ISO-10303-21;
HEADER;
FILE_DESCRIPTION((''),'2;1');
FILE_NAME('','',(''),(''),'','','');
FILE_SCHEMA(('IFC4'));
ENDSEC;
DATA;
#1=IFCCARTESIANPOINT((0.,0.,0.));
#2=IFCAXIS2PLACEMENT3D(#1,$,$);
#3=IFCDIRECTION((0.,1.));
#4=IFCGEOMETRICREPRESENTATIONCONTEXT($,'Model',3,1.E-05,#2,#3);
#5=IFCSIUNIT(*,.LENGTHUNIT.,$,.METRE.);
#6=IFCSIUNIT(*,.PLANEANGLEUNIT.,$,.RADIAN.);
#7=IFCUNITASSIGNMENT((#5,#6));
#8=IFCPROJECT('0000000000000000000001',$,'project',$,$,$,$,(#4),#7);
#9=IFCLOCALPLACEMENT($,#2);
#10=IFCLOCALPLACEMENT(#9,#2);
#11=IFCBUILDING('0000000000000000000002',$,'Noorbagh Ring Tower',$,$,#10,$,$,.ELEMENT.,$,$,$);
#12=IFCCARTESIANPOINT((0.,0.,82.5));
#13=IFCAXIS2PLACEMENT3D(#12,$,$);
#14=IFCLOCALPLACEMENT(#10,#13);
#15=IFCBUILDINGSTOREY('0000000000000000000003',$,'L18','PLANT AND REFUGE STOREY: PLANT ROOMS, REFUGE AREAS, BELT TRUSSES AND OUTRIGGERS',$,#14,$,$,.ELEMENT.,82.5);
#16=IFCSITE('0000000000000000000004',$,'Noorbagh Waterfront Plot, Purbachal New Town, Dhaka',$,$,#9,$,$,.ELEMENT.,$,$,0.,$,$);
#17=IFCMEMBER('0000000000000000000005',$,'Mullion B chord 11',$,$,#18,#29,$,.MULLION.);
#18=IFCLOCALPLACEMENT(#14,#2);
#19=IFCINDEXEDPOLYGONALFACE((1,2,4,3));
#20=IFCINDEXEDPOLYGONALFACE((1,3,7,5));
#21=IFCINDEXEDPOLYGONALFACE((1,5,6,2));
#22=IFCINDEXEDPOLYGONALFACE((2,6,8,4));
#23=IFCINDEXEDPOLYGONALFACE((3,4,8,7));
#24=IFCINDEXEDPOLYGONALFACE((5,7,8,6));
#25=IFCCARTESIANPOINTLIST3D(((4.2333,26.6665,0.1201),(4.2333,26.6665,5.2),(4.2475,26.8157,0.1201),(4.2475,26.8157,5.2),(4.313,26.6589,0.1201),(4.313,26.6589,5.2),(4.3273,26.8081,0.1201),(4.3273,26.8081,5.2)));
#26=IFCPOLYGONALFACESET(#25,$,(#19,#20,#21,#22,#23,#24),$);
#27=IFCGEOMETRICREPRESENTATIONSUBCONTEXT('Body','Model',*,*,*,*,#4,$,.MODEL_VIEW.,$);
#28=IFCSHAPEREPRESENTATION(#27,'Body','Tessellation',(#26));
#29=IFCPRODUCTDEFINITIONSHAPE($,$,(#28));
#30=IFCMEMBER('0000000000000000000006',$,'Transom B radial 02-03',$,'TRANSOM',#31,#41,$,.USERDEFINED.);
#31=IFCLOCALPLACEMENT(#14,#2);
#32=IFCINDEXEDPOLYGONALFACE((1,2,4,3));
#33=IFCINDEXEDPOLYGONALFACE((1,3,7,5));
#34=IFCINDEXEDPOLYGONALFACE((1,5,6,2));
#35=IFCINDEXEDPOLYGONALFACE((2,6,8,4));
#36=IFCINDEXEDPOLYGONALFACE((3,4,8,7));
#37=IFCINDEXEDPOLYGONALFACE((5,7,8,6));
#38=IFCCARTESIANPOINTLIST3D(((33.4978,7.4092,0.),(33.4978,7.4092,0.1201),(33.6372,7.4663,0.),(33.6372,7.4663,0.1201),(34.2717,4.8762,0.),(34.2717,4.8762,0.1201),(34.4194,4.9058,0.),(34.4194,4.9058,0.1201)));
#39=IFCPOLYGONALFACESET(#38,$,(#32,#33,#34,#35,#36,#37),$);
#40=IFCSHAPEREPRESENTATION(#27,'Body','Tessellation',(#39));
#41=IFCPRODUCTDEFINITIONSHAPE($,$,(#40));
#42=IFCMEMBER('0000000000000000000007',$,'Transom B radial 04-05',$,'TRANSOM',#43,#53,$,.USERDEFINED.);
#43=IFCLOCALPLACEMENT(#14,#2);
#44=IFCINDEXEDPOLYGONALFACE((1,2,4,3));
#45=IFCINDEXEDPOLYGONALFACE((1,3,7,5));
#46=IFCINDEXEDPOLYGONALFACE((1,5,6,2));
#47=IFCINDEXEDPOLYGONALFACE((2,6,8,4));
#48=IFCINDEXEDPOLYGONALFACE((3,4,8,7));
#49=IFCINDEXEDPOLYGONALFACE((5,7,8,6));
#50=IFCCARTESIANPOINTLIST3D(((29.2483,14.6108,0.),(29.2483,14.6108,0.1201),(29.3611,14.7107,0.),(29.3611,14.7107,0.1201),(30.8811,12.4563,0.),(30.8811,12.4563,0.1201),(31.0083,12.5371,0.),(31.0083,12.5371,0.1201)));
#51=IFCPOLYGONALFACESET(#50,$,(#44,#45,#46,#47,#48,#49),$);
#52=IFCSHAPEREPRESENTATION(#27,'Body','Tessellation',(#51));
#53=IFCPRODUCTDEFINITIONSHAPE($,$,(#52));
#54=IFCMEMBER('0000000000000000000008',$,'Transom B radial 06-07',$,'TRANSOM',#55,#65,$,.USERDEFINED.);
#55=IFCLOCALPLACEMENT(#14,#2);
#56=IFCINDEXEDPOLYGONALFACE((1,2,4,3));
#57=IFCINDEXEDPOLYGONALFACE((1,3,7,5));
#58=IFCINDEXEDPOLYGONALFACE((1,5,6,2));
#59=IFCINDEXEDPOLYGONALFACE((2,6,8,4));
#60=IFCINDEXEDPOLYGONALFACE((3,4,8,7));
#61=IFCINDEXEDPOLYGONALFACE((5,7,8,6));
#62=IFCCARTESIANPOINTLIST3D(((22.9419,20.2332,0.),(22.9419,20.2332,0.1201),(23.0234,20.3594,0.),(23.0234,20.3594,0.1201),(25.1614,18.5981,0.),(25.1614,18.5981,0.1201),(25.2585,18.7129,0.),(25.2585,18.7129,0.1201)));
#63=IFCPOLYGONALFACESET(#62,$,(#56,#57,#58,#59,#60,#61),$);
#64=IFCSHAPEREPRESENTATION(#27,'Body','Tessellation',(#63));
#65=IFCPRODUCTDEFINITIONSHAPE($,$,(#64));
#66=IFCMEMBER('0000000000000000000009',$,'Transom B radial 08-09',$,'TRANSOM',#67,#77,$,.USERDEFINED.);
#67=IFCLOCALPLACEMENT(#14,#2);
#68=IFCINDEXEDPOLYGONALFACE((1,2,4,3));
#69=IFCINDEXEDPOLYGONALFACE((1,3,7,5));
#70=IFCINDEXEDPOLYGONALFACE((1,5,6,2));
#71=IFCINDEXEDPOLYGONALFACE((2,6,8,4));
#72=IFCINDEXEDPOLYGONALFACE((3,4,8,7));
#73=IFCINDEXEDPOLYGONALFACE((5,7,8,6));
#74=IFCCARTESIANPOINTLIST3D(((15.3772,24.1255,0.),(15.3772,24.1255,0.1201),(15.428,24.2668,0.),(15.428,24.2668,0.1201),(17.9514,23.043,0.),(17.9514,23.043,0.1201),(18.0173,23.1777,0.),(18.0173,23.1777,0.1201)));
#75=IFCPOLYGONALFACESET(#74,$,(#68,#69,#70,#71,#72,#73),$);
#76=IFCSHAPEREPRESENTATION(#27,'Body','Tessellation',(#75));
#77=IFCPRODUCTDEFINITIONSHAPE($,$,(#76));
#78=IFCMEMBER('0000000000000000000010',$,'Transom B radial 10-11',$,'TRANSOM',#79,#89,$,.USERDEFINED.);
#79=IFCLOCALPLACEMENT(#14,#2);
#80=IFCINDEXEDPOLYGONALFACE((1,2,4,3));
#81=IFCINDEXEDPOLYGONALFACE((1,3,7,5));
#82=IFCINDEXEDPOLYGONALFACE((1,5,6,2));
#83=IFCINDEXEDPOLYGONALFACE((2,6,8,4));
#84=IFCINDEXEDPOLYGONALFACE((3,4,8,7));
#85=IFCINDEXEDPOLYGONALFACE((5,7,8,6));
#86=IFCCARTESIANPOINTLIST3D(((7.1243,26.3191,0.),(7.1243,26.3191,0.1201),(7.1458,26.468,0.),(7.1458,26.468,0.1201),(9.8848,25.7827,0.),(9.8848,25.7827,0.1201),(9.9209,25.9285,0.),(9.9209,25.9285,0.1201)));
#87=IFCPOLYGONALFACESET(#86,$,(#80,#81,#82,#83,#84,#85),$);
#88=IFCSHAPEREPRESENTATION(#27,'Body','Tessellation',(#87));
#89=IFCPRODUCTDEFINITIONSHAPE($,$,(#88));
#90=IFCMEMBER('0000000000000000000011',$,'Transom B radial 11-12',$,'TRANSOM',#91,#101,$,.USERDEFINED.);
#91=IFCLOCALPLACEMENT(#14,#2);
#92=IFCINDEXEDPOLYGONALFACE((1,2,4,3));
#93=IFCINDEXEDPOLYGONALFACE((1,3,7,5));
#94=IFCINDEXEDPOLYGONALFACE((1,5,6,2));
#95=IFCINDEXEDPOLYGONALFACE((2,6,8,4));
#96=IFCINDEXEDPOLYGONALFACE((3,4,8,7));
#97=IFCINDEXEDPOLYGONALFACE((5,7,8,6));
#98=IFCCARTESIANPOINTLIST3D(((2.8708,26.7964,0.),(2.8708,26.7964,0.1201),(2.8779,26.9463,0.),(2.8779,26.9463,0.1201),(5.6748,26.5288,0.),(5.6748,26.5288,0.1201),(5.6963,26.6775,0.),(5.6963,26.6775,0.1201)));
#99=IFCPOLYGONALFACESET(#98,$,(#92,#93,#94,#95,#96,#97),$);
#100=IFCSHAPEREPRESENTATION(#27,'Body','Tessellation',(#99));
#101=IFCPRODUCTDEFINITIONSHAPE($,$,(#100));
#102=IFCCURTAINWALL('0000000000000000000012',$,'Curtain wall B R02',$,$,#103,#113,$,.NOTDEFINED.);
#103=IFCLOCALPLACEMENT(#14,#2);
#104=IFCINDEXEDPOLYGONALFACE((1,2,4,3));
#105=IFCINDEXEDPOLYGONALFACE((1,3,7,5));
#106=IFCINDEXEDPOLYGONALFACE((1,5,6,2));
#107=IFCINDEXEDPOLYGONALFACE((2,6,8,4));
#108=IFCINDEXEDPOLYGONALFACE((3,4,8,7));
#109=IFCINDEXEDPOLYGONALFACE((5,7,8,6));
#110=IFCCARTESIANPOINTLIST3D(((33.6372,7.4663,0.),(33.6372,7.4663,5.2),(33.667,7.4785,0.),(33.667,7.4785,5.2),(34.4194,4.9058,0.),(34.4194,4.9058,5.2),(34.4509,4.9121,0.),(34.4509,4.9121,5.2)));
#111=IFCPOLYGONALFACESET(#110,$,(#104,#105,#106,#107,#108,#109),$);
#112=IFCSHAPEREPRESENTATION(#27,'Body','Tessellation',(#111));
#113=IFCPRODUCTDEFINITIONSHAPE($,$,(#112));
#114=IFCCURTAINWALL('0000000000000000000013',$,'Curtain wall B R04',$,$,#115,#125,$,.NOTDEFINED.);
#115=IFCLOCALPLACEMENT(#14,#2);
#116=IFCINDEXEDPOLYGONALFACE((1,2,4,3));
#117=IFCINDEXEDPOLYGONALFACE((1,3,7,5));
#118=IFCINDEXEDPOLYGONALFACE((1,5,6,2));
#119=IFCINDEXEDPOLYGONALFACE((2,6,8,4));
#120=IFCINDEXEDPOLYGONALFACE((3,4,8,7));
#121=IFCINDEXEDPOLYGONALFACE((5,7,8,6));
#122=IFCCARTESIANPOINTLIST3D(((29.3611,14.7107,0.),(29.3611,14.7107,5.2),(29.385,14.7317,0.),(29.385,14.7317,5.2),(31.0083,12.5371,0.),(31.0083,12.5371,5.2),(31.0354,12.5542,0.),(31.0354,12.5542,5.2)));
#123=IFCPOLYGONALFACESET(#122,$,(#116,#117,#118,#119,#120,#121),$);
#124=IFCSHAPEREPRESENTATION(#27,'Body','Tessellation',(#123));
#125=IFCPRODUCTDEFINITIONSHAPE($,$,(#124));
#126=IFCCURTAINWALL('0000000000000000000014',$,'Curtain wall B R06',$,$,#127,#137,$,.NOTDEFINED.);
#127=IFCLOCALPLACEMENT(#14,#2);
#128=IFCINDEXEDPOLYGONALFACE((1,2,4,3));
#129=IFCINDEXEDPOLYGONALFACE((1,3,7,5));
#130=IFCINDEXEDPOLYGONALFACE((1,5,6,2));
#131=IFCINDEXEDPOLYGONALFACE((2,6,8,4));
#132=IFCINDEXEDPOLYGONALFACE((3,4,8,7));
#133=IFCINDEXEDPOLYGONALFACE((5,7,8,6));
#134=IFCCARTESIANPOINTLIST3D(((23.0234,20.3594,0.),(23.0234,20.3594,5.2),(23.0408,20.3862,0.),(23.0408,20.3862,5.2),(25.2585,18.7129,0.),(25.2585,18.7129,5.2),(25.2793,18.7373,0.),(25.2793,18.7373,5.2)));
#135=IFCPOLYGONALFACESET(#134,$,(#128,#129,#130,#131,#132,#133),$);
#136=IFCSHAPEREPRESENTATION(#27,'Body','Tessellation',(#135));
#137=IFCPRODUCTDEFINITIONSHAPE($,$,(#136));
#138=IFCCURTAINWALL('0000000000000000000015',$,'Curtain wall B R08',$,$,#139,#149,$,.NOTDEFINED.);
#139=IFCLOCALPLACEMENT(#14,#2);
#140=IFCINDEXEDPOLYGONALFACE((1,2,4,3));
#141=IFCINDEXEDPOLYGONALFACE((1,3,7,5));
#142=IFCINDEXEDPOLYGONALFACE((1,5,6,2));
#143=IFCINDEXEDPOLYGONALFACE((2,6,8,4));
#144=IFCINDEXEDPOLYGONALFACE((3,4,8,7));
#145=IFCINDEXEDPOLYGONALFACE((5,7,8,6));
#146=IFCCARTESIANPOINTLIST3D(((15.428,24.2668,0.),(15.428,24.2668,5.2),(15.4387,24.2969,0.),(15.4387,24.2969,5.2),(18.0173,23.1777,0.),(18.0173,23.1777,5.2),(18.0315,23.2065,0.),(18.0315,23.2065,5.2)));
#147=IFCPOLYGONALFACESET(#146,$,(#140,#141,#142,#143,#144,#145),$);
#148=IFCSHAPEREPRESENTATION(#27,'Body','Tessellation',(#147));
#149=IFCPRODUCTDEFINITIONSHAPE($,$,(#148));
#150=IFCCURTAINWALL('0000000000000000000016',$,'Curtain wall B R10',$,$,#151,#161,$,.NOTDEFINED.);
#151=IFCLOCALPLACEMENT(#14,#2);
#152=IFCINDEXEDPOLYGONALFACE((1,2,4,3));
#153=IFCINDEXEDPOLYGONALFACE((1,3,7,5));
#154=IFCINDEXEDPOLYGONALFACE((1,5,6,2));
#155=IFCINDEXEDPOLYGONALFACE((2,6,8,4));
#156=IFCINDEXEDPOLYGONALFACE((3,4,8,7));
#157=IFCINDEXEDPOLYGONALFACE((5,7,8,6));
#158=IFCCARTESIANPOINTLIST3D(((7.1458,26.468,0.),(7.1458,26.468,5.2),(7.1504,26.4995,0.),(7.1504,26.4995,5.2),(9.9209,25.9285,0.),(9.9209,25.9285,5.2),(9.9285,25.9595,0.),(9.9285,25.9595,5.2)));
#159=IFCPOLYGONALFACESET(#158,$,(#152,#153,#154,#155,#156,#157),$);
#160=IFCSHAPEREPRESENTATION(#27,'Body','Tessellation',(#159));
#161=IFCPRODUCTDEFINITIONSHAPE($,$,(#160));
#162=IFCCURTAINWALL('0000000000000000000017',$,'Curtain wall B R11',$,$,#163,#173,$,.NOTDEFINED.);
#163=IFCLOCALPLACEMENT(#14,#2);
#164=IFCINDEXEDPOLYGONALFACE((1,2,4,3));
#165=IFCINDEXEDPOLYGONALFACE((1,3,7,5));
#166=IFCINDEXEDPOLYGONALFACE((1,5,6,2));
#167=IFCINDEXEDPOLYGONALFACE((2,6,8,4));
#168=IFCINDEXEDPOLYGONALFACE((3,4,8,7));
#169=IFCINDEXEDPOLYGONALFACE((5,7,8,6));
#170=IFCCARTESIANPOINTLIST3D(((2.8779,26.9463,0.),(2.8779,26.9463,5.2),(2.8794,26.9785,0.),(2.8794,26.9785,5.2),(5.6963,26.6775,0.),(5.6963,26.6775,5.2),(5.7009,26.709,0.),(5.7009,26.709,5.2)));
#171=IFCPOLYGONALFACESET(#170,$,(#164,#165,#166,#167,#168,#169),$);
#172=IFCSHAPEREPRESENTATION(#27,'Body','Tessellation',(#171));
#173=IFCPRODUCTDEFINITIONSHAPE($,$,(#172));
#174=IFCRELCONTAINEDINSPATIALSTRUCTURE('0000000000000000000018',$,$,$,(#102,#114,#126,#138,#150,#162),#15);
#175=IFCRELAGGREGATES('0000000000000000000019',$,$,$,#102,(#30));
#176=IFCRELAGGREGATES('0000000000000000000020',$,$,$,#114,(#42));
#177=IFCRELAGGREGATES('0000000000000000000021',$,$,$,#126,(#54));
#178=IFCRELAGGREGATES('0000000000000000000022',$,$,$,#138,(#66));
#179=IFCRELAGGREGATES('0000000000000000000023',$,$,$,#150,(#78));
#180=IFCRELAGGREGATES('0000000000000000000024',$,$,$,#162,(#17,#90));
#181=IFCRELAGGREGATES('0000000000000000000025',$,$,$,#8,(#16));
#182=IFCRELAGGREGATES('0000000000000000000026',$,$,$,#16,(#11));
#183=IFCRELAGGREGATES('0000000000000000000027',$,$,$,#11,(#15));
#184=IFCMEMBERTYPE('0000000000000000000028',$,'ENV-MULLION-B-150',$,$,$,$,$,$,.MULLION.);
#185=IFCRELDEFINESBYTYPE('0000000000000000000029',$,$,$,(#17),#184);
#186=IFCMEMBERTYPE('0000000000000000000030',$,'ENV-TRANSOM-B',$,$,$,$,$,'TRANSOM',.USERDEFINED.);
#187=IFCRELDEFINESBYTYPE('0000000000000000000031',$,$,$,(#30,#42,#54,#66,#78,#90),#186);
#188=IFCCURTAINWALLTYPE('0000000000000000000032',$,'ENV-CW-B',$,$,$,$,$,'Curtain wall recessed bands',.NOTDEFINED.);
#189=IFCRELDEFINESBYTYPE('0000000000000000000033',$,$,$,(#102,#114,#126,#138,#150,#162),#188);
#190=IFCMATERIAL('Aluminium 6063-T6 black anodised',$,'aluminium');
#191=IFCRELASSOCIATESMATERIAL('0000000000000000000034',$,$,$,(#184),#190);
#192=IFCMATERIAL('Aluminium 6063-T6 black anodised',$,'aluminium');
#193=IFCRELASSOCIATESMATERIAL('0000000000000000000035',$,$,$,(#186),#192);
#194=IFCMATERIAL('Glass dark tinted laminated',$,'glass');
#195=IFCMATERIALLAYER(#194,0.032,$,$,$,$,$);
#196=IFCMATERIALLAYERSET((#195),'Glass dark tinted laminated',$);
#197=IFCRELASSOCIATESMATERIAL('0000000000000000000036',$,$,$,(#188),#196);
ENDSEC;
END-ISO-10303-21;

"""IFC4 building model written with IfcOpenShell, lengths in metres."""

from ifc_helpers import new_model, si_unit, direction, frame, origin, origin_2d, place, context, subcontext, project, spatial, polyline, rectangle, outline, extrude, material, layer, layer_set, material_profile, profile_set, type_object, element, aggregate, save


model = new_model("IFC4")

# Units and contexts
model_context = context("Model", 3, precision=1e-05, world=origin(), true_north=direction((0.0, 1.0)))
body_context = subcontext(model_context, "Body", "Model", "MODEL_VIEW")
ifc_project = project(units=[si_unit("LENGTHUNIT", "METRE"), si_unit("PLANEANGLEUNIT", "RADIAN")], contexts=[model_context])

# Members
ifc_material_1 = material(Name="Aluminium 6063-T6 black anodised", Category="aluminium")
ifc_material_profile = material_profile(ifc_material_1, rectangle(XDim=0.1499, YDim=0.0801, at=origin_2d()), Name="150x80")
ifc_profile_set = profile_set([ifc_material_profile], Name="Aluminium 6063-T6 black anodised")
member_type_1 = type_object("IfcMemberType", Name="ENV-MULLION-B-150", PredefinedType="MULLION", material=ifc_profile_set)
site_placement = place(None, origin())
building_placement = place(site_placement, origin())
storey_placement = place(building_placement, frame((0.0, 0.0, 82.5)))
member_1_placement = place(storey_placement, frame((4.2803, 26.7373, 0.1201), z_axis=(0.0, 0.0, 1.0), x_axis=(-0.095008, -0.995476, 0.0)))
member_1 = element("IfcMember", 1, at=member_1_placement, type_object=member_type_1, Name="Mullion B chord 11", PredefinedType="MULLION", context=body_context, shape_type="SweptSolid", body=[
    extrude(rectangle(XDim=0.1499, YDim=0.0801, at=origin_2d()), origin(), (0.0, 0.0, 1.0), 5.0798),
])
ifc_material_2 = material(Name="Aluminium 6063-T6 black anodised", Category="aluminium")
member_type_2 = type_object("IfcMemberType", Name="ENV-TRANSOM-B", ElementType="TRANSOM", PredefinedType="USERDEFINED", material=ifc_material_2)
member_2_placement = place(storey_placement, origin())
member_2 = element("IfcMember", 2, at=member_2_placement, type_object=member_type_2, Name="Transom B radial 02-03", ObjectType="TRANSOM", PredefinedType="USERDEFINED", context=body_context, shape_type="SweptSolid", body=[
    extrude(outline(polyline([(34.4194, 4.9058), (33.6372, 7.4663), (33.4978, 7.4092), (34.2717, 4.8762), (34.4194, 4.9058)])), origin(), (0.0, 0.0, 1.0), 0.1201),
])
member_3_placement = place(storey_placement, origin())
member_3 = element("IfcMember", 3, at=member_3_placement, type_object=member_type_2, Name="Transom B radial 04-05", ObjectType="TRANSOM", PredefinedType="USERDEFINED", context=body_context, shape_type="SweptSolid", body=[
    extrude(outline(polyline([(31.0083, 12.5371), (29.3611, 14.7107), (29.2483, 14.6108), (30.8811, 12.4563), (31.0083, 12.5371)])), origin(), (0.0, 0.0, 1.0), 0.1201),
])
member_4_placement = place(storey_placement, origin())
member_4 = element("IfcMember", 4, at=member_4_placement, type_object=member_type_2, Name="Transom B radial 06-07", ObjectType="TRANSOM", PredefinedType="USERDEFINED", context=body_context, shape_type="SweptSolid", body=[
    extrude(outline(polyline([(25.2585, 18.7129), (23.0234, 20.3594), (22.9419, 20.2332), (25.1614, 18.5981), (25.2585, 18.7129)])), origin(), (0.0, 0.0, 1.0), 0.1201),
])
member_5_placement = place(storey_placement, origin())
member_5 = element("IfcMember", 5, at=member_5_placement, type_object=member_type_2, Name="Transom B radial 08-09", ObjectType="TRANSOM", PredefinedType="USERDEFINED", context=body_context, shape_type="SweptSolid", body=[
    extrude(outline(polyline([(18.0173, 23.1777), (15.428, 24.2668), (15.3772, 24.1255), (17.9514, 23.043), (18.0173, 23.1777)])), origin(), (0.0, 0.0, 1.0), 0.1201),
])
member_6_placement = place(storey_placement, origin())
member_6 = element("IfcMember", 6, at=member_6_placement, type_object=member_type_2, Name="Transom B radial 10-11", ObjectType="TRANSOM", PredefinedType="USERDEFINED", context=body_context, shape_type="SweptSolid", body=[
    extrude(outline(polyline([(9.9209, 25.9285), (7.1458, 26.468), (7.1243, 26.3191), (9.8848, 25.7827), (9.9209, 25.9285)])), origin(), (0.0, 0.0, 1.0), 0.1201),
])
member_7_placement = place(storey_placement, origin())
member_7 = element("IfcMember", 7, at=member_7_placement, type_object=member_type_2, Name="Transom B radial 11-12", ObjectType="TRANSOM", PredefinedType="USERDEFINED", context=body_context, shape_type="SweptSolid", body=[
    extrude(outline(polyline([(5.6963, 26.6775), (2.8779, 26.9463), (2.8708, 26.7964), (5.6748, 26.5288), (5.6963, 26.6775)])), origin(), (0.0, 0.0, 1.0), 0.1201),
])

# Site, building, storey
site = spatial("IfcSite", under=ifc_project, at=site_placement, Name="Noorbagh Waterfront Plot, Purbachal New Town, Dhaka", CompositionType="ELEMENT", RefElevation=0.0)
building = spatial("IfcBuilding", under=site, at=building_placement, Name="Noorbagh Ring Tower", CompositionType="ELEMENT")
storey = spatial("IfcBuildingStorey", under=building, at=storey_placement, Name="L18", Description="PLANT AND REFUGE STOREY: PLANT ROOMS, REFUGE AREAS, BELT TRUSSES AND OUTRIGGERS", CompositionType="ELEMENT", Elevation=82.5)

# Curtain walls
ifc_material_3 = material(Name="Glass dark tinted laminated", Category="glass")
ifc_layer = layer(ifc_material_3, 0.032)
ifc_layer_set = layer_set([ifc_layer], Name="Glass dark tinted laminated")
curtain_wall_type = type_object("IfcCurtainWallType", Name="ENV-CW-B", ElementType="Curtain wall recessed bands", PredefinedType="NOTDEFINED", material=ifc_layer_set)
curtain_wall_1_placement = place(storey_placement, origin())
curtain_wall_1 = element("IfcCurtainWall", 8, at=curtain_wall_1_placement, inside=storey, type_object=curtain_wall_type, Name="Curtain wall B R02", PredefinedType="NOTDEFINED", context=body_context, shape_type="SweptSolid", body=[
    extrude(outline(polyline([(34.4509, 4.9121), (33.667, 7.4785), (33.6372, 7.4663), (34.4194, 4.9058), (34.4509, 4.9121)])), origin(), (0.0, 0.0, 1.0), 5.2),
])
aggregate(curtain_wall_1, [member_2])
curtain_wall_2_placement = place(storey_placement, origin())
curtain_wall_2 = element("IfcCurtainWall", 9, at=curtain_wall_2_placement, inside=storey, type_object=curtain_wall_type, Name="Curtain wall B R04", PredefinedType="NOTDEFINED", context=body_context, shape_type="SweptSolid", body=[
    extrude(outline(polyline([(31.0354, 12.5542), (29.385, 14.7317), (29.3611, 14.7107), (31.0083, 12.5371), (31.0354, 12.5542)])), origin(), (0.0, 0.0, 1.0), 5.2),
])
aggregate(curtain_wall_2, [member_3])
curtain_wall_3_placement = place(storey_placement, origin())
curtain_wall_3 = element("IfcCurtainWall", 10, at=curtain_wall_3_placement, inside=storey, type_object=curtain_wall_type, Name="Curtain wall B R06", PredefinedType="NOTDEFINED", context=body_context, shape_type="SweptSolid", body=[
    extrude(outline(polyline([(25.2793, 18.7373), (23.0408, 20.3862), (23.0234, 20.3594), (25.2585, 18.7129), (25.2793, 18.7373)])), origin(), (0.0, 0.0, 1.0), 5.2),
])
aggregate(curtain_wall_3, [member_4])
curtain_wall_4_placement = place(storey_placement, origin())
curtain_wall_4 = element("IfcCurtainWall", 11, at=curtain_wall_4_placement, inside=storey, type_object=curtain_wall_type, Name="Curtain wall B R08", PredefinedType="NOTDEFINED", context=body_context, shape_type="SweptSolid", body=[
    extrude(outline(polyline([(18.0315, 23.2065), (15.4387, 24.2969), (15.428, 24.2668), (18.0173, 23.1777), (18.0315, 23.2065)])), origin(), (0.0, 0.0, 1.0), 5.2),
])
aggregate(curtain_wall_4, [member_5])
curtain_wall_5_placement = place(storey_placement, origin())
curtain_wall_5 = element("IfcCurtainWall", 12, at=curtain_wall_5_placement, inside=storey, type_object=curtain_wall_type, Name="Curtain wall B R10", PredefinedType="NOTDEFINED", context=body_context, shape_type="SweptSolid", body=[
    extrude(outline(polyline([(9.9285, 25.9595), (7.1504, 26.4995), (7.1458, 26.468), (9.9209, 25.9285), (9.9285, 25.9595)])), origin(), (0.0, 0.0, 1.0), 5.2),
])
aggregate(curtain_wall_5, [member_6])
curtain_wall_6_placement = place(storey_placement, origin())
curtain_wall_6 = element("IfcCurtainWall", 13, at=curtain_wall_6_placement, inside=storey, type_object=curtain_wall_type, Name="Curtain wall B R11", PredefinedType="NOTDEFINED", context=body_context, shape_type="SweptSolid", body=[
    extrude(outline(polyline([(5.7009, 26.709), (2.8794, 26.9785), (2.8779, 26.9463), (5.6963, 26.6775), (5.7009, 26.709)])), origin(), (0.0, 0.0, 1.0), 5.2),
])
aggregate(curtain_wall_6, [member_1, member_7])

save(model, "model.ifc")
